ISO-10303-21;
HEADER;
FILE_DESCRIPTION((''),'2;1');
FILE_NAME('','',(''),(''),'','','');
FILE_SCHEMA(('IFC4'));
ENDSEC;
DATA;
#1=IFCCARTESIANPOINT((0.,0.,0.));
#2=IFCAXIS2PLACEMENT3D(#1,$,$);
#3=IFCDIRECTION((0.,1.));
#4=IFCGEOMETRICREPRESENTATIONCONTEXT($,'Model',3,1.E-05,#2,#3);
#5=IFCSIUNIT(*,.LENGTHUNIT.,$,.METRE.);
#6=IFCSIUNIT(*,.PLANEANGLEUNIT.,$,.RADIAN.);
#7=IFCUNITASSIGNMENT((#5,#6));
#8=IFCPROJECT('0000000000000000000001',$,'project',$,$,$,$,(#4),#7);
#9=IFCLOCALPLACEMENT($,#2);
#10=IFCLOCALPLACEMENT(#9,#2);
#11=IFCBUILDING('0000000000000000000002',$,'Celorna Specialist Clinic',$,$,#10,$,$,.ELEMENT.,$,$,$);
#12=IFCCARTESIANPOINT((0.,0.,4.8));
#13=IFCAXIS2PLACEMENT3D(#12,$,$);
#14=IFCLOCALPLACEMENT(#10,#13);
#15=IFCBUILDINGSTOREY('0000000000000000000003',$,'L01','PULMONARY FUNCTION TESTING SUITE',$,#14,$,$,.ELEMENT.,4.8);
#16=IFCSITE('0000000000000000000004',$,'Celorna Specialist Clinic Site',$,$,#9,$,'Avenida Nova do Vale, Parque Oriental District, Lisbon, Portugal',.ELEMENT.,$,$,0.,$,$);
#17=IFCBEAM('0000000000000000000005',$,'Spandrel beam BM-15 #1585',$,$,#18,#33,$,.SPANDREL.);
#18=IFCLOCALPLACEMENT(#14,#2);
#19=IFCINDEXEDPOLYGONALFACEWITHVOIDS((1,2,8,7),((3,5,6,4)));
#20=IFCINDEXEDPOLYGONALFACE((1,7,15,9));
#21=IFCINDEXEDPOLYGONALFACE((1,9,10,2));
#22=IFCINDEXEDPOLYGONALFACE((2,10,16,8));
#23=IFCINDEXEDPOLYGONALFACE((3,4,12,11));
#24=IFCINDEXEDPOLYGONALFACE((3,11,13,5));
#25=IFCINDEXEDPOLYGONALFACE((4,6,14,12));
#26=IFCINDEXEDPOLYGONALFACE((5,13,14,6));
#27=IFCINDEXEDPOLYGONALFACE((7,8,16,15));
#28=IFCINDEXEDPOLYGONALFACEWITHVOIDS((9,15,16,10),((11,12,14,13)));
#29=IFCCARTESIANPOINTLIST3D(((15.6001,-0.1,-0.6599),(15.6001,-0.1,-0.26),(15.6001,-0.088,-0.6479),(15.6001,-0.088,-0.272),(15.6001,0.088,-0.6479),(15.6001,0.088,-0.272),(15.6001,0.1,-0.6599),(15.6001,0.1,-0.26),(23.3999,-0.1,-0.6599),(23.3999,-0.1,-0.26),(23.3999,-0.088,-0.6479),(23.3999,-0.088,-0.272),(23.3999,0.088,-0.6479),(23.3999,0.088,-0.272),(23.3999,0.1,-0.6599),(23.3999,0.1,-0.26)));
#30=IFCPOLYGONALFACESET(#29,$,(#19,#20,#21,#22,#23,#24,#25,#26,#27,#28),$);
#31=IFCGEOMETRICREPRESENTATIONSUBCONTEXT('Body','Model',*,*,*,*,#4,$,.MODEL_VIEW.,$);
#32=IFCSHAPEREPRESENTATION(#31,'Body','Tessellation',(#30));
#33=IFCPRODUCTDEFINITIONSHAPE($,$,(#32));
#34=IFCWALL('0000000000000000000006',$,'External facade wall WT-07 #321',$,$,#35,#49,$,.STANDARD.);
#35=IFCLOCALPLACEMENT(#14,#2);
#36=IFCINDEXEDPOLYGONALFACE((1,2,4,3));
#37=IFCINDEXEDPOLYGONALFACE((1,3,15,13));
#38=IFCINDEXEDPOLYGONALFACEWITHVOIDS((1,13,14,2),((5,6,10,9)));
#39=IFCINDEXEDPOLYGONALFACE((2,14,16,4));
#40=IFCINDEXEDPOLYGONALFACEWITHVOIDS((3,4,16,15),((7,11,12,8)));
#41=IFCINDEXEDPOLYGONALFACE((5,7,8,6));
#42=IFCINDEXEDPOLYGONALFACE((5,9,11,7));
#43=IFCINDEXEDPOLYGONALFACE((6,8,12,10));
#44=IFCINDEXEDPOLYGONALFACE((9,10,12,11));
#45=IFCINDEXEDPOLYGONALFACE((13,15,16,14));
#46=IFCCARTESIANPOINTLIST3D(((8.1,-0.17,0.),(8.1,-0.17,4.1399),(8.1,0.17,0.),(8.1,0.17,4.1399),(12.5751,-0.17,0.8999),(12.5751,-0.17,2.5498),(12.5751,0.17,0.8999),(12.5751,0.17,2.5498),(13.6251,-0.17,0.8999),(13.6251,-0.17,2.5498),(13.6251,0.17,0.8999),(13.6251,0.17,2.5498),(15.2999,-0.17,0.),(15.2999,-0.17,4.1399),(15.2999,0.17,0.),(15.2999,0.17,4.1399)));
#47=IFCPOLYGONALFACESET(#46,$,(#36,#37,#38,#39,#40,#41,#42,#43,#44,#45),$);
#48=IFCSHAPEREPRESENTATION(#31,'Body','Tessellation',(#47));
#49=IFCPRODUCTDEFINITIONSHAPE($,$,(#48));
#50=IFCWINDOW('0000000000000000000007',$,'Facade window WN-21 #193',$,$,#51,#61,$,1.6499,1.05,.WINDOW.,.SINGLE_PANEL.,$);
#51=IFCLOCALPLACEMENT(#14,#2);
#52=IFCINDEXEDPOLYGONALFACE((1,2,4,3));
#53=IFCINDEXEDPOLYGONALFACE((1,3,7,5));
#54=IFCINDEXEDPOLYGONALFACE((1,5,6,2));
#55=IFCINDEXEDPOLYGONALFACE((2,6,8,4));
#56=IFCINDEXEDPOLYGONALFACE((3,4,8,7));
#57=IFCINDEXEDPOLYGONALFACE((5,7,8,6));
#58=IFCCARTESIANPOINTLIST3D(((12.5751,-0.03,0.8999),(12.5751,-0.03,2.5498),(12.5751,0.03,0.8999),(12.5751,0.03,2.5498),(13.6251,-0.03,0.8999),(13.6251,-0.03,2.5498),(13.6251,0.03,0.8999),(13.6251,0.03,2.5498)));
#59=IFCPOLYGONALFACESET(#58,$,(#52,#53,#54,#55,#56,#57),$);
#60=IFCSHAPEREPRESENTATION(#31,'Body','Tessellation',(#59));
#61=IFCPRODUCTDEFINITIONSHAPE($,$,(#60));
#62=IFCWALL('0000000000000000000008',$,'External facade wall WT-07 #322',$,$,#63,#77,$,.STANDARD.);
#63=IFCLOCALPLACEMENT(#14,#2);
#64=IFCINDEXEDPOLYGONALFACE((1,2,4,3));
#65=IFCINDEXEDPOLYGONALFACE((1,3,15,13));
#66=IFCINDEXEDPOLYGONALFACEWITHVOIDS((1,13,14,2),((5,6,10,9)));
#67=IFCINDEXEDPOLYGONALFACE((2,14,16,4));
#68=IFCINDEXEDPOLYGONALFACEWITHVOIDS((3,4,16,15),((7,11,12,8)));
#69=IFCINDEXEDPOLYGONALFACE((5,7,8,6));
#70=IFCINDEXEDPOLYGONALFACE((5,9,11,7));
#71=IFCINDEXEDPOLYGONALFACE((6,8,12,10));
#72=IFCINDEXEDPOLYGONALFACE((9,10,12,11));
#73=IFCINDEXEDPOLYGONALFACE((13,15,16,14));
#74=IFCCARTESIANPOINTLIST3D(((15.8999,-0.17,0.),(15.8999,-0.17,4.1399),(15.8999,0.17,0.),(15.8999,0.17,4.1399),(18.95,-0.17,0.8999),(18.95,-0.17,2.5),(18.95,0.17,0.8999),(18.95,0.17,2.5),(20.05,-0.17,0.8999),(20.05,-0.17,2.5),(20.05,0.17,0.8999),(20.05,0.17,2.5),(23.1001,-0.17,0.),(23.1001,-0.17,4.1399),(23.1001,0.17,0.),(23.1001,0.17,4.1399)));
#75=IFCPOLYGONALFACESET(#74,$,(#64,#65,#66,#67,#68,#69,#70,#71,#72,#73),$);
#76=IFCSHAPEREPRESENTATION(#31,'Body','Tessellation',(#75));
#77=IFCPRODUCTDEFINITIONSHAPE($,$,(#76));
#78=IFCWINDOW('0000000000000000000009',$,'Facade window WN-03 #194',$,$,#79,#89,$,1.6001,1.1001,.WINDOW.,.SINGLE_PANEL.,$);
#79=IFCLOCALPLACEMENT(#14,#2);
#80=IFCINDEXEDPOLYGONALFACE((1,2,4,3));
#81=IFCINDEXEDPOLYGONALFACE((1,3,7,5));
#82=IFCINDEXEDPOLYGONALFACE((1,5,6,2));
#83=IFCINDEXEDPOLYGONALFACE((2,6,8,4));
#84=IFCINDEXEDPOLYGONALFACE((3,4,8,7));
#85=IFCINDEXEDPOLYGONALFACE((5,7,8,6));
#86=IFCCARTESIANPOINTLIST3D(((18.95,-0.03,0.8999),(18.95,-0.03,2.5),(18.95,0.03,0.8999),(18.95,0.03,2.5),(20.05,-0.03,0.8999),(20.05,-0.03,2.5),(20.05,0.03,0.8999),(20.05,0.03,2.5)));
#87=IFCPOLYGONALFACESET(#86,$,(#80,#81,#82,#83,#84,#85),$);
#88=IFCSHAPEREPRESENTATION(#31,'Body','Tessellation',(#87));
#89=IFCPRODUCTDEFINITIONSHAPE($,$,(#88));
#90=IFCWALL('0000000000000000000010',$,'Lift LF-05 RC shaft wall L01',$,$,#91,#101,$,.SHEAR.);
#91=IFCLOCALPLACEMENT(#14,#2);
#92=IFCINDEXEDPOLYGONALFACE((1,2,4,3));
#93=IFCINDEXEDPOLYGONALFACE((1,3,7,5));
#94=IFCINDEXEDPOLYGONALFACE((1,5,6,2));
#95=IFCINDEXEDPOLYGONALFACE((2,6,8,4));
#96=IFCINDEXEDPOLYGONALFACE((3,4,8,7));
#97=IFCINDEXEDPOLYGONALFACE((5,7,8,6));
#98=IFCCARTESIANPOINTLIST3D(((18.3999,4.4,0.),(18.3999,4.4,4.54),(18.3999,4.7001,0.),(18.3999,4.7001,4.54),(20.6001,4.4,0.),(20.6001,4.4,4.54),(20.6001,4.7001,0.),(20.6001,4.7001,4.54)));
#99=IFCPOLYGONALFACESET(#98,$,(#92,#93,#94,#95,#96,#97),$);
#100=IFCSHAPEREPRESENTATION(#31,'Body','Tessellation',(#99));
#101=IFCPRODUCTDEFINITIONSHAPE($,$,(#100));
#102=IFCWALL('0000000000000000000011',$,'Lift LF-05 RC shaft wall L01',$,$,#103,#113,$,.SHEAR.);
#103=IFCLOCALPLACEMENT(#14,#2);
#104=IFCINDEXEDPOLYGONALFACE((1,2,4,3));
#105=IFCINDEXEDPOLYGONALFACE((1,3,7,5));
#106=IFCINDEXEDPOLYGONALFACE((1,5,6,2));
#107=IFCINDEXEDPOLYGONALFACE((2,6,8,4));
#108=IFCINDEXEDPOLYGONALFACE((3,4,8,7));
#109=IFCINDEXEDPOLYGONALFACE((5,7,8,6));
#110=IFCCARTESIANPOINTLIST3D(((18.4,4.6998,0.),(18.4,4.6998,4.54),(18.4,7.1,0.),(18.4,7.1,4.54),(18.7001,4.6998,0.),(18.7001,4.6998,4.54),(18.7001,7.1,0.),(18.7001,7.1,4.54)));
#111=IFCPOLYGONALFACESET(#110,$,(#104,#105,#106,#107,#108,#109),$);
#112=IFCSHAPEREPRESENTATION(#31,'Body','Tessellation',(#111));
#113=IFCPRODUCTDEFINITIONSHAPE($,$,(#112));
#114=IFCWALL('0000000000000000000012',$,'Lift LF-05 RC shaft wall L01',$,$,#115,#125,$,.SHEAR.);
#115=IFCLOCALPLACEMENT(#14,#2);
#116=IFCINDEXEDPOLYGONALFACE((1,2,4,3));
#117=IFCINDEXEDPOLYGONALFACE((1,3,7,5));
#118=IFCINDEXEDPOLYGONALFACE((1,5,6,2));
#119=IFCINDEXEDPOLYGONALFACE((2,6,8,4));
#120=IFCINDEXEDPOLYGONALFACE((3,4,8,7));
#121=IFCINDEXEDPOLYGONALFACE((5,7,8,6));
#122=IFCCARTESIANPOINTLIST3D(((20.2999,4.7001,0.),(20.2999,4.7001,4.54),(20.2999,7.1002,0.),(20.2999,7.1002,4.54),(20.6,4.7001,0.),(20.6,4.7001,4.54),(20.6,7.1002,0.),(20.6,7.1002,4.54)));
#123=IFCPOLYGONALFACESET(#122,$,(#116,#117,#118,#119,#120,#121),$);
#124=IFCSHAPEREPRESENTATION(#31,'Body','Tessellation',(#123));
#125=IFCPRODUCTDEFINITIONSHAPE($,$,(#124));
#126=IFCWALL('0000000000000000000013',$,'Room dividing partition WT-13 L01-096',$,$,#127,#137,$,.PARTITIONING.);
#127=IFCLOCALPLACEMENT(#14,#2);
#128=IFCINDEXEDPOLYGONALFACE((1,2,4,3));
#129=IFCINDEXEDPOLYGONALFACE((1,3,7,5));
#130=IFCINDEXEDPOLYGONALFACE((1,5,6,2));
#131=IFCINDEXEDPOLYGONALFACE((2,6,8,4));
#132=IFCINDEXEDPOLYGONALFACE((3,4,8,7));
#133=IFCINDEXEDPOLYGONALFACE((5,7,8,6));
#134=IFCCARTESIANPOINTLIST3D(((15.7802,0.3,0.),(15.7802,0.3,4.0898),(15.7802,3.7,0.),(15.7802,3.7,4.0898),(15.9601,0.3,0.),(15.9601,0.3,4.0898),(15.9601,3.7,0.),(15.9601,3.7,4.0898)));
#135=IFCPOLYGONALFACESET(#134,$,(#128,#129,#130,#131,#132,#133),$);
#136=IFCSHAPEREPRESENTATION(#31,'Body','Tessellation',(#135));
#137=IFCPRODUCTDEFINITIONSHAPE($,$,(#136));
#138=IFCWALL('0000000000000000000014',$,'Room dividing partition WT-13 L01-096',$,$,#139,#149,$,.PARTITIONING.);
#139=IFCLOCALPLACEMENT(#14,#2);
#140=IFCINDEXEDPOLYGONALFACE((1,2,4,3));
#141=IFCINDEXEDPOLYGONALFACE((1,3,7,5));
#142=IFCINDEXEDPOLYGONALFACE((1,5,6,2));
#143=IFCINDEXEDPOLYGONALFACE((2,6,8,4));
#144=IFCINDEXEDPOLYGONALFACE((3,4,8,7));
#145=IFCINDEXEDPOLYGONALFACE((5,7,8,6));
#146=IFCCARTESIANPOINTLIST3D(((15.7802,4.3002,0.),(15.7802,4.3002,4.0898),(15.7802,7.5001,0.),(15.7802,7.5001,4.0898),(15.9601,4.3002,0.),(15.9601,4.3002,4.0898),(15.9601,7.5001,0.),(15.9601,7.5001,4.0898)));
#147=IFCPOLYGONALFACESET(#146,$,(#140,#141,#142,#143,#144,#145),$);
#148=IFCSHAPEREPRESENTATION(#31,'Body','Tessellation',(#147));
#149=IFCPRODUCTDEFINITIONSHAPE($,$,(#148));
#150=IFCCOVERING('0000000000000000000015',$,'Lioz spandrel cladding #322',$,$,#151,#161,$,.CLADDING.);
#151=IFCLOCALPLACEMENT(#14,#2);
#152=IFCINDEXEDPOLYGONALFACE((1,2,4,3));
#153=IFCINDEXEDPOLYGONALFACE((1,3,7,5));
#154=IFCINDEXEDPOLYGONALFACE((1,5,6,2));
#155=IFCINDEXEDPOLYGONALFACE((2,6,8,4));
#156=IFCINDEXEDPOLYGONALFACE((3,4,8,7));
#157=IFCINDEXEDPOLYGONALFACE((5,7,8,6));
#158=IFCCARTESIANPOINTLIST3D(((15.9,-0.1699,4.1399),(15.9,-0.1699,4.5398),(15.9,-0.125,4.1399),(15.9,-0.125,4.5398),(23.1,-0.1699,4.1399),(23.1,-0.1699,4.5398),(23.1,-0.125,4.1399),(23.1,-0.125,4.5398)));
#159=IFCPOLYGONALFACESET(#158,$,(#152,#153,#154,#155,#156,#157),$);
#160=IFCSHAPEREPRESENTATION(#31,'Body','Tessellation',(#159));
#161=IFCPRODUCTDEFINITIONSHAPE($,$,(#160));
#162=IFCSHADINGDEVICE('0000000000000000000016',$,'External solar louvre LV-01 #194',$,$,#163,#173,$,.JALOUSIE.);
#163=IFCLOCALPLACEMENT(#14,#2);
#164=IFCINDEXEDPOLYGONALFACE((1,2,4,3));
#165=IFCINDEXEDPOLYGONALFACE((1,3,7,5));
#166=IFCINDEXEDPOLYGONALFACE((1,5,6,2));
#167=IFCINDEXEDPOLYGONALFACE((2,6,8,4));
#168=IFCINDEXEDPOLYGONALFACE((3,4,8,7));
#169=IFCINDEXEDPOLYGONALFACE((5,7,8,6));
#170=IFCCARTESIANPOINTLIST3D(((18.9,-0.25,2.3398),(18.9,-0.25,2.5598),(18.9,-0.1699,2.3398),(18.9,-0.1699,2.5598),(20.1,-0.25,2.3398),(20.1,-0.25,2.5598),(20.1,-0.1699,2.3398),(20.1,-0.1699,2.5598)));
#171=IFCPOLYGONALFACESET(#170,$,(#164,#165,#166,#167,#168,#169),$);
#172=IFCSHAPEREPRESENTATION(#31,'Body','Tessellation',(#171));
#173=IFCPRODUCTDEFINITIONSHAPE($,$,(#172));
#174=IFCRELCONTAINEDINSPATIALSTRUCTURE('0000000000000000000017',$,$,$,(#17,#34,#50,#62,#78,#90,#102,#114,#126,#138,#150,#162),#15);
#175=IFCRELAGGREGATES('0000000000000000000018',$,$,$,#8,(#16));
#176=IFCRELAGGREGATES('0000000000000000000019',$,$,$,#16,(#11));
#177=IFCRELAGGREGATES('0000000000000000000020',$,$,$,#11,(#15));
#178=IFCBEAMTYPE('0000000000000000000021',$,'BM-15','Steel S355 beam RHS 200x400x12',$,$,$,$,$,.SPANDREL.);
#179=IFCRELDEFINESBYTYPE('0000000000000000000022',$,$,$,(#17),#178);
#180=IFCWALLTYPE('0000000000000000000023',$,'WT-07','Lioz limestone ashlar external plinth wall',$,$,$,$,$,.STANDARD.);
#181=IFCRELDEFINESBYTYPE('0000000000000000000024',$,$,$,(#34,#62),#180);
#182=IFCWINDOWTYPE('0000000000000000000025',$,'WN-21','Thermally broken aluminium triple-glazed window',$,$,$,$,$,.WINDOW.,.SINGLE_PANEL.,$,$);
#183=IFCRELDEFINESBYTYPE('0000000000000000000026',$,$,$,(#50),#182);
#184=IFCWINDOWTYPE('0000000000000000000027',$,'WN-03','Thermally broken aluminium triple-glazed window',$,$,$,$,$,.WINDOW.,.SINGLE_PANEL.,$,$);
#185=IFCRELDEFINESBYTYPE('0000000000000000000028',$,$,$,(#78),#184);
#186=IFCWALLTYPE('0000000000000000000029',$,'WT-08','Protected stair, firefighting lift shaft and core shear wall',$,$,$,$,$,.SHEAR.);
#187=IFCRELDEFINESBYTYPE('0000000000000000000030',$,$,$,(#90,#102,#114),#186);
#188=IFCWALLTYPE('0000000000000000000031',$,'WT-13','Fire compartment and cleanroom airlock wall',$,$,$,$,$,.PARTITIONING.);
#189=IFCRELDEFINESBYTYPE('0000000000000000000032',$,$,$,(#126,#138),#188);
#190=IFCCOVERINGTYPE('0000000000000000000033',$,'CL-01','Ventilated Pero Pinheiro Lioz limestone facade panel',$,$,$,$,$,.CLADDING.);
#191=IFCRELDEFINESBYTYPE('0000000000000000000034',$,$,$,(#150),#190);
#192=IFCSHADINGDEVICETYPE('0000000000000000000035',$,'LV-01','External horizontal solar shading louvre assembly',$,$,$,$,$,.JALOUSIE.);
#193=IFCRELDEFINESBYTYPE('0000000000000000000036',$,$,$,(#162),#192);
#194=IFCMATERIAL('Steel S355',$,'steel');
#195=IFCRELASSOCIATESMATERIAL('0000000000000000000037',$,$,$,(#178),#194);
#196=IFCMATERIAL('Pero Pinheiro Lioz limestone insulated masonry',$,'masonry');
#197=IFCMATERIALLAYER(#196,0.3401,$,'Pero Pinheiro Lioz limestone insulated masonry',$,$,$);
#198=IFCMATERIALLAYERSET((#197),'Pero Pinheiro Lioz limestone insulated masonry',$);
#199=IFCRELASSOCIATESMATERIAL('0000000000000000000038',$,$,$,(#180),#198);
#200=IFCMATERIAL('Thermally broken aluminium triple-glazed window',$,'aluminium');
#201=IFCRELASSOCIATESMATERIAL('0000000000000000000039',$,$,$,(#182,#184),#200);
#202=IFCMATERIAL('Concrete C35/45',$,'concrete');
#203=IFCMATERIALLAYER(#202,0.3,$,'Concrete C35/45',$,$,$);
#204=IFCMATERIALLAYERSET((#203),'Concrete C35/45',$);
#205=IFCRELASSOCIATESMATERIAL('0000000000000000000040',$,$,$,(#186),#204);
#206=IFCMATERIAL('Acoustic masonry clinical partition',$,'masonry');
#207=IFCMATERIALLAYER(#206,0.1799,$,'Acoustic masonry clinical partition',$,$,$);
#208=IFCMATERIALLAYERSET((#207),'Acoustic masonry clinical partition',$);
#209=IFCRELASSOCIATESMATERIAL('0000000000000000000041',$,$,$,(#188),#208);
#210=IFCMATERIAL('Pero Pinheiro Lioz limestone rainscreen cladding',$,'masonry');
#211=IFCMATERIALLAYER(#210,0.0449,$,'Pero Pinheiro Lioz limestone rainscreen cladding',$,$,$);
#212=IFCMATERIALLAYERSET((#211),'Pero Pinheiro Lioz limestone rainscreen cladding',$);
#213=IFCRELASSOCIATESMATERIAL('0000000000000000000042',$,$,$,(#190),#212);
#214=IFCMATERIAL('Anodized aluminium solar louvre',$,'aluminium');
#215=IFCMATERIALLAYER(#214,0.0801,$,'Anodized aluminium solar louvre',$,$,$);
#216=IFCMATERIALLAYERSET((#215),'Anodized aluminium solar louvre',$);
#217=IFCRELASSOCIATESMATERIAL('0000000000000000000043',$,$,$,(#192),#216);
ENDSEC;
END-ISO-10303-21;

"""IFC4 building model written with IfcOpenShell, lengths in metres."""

from ifc_helpers import new_model, si_unit, direction, frame, frame_2d, origin, origin_2d, place, context, subcontext, project, spatial, rectangle, hollow_rectangle, extrude, material, layer, layer_set, material_profile, profile_set, type_object, element, fill, save


model = new_model("IFC4")

# Units and contexts
model_context = context("Model", 3, precision=1e-05, world=origin(), true_north=direction((0.0, 1.0)))
body_context = subcontext(model_context, "Body", "Model", "MODEL_VIEW")
ifc_project = project(units=[si_unit("LENGTHUNIT", "METRE"), si_unit("PLANEANGLEUNIT", "RADIAN")], contexts=[model_context])

# Site, building, storey
site_placement = place(None, origin())
site = spatial("IfcSite", under=ifc_project, at=site_placement, Name="Celorna Specialist Clinic Site", LongName="Avenida Nova do Vale, Parque Oriental District, Lisbon, Portugal", CompositionType="ELEMENT", RefElevation=0.0)
building_placement = place(site_placement, origin())
building = spatial("IfcBuilding", under=site, at=building_placement, Name="Celorna Specialist Clinic", CompositionType="ELEMENT")
storey_placement = place(building_placement, frame((0.0, 0.0, 4.8)))
storey = spatial("IfcBuildingStorey", under=building, at=storey_placement, Name="L01", Description="PULMONARY FUNCTION TESTING SUITE", CompositionType="ELEMENT", Elevation=4.8)

# Beam
ifc_material_1 = material(Name="Steel S355", Category="steel")
ifc_material_profile_1 = material_profile(ifc_material_1, hollow_rectangle(XDim=0.2, YDim=0.3999, WallThickness=0.012, at=origin_2d()), Name="RHS 200x400x12")
ifc_profile_set_1 = profile_set([ifc_material_profile_1], Name="Steel S355")
beam_type_1 = type_object("IfcBeamType", Name="BM-15", Description="Steel S355 beam RHS 200x400x12", PredefinedType="SPANDREL", material=ifc_profile_set_1)
beam_1_placement = place(storey_placement, frame((15.6001, 0.0, -0.46), z_axis=(1.0, 0.0, 0.0), x_axis=(0.0, 1.0, 0.0)))
element("IfcBeam", 1, at=beam_1_placement, inside=storey, type_object=beam_type_1, Name="Spandrel beam BM-15 #1585", PredefinedType="SPANDREL", context=body_context, shape_type="SweptSolid", body=[
    extrude(hollow_rectangle(XDim=0.2, YDim=0.3999, WallThickness=0.012, at=origin_2d()), origin(), (0.0, 0.0, 1.0), 7.7998),
])

# Walls, openings, windows
ifc_material_2 = material(Name="Pero Pinheiro Lioz limestone insulated masonry", Category="masonry")
ifc_layer_1 = layer(ifc_material_2, 0.3401, Name="Pero Pinheiro Lioz limestone insulated masonry")
ifc_layer_set_1 = layer_set([ifc_layer_1], Name="Pero Pinheiro Lioz limestone insulated masonry")
wall_type_1 = type_object("IfcWallType", Name="WT-07", Description="Lioz limestone ashlar external plinth wall", PredefinedType="STANDARD", material=ifc_layer_set_1)
wall_1_placement = place(storey_placement, frame((15.3, 0.0, 0.0), z_axis=(0.0, 0.0, 1.0), x_axis=(-1.0, 0.0, 0.0)))
wall_1 = element("IfcWall", 2, at=wall_1_placement, inside=storey, type_object=wall_type_1, Name="External facade wall WT-07 #321", PredefinedType="STANDARD", context=body_context, shape_type="SweptSolid", body=[
    extrude(rectangle(XDim=7.2, YDim=0.3401, at=frame_2d((3.6001, 0.0))), origin(), (0.0, 0.0, 1.0), 4.1399),
])
opening_1_placement = place(wall_1_placement, frame((1.675, 0.0, 0.8999)))
opening_1 = element("IfcOpeningElement", 3, at=opening_1_placement, cuts=wall_1, PredefinedType="OPENING", context=body_context, shape_type="SweptSolid", body=[
    extrude(rectangle(XDim=1.05, YDim=1.6499, at=frame_2d((0.5249, 0.825))), frame((0.0, 0.1799, 0.0), z_axis=(0.0, -1.0, 0.0), x_axis=(1.0, 0.0, 0.0)), (0.0, 0.0, 1.0), 0.3601),
])
ifc_material_3 = material(Name="Thermally broken aluminium triple-glazed window", Category="aluminium")
window_type_1 = type_object("IfcWindowType", Name="WN-21", Description="Thermally broken aluminium triple-glazed window", PartitioningType="SINGLE_PANEL", PredefinedType="WINDOW", material=ifc_material_3)
window_1_placement = place(opening_1_placement, origin())
window_1 = element("IfcWindow", 4, at=window_1_placement, inside=storey, type_object=window_type_1, Name="Facade window WN-21 #193", OverallHeight=1.6499, OverallWidth=1.05, PartitioningType="SINGLE_PANEL", PredefinedType="WINDOW", context=body_context, shape_type="SweptSolid", body=[
    extrude(rectangle(XDim=1.05, YDim=1.6499, at=frame_2d((0.5249, 0.825))), frame((0.0, 0.03, 0.0), z_axis=(0.0, -1.0, 0.0), x_axis=(1.0, 0.0, 0.0)), (0.0, 0.0, 1.0), 0.0601),
])
fill(opening_1, window_1)
wall_2_placement = place(storey_placement, frame((23.1001, 0.0, 0.0), z_axis=(0.0, 0.0, 1.0), x_axis=(-1.0, 0.0, 0.0)))
wall_2 = element("IfcWall", 5, at=wall_2_placement, inside=storey, type_object=wall_type_1, Name="External facade wall WT-07 #322", PredefinedType="STANDARD", context=body_context, shape_type="SweptSolid", body=[
    extrude(rectangle(XDim=7.2002, YDim=0.3401, at=frame_2d((3.6001, 0.0))), origin(), (0.0, 0.0, 1.0), 4.1399),
])
opening_2_placement = place(wall_2_placement, frame((3.05, 0.0, 0.8999)))
opening_2 = element("IfcOpeningElement", 6, at=opening_2_placement, cuts=wall_2, PredefinedType="OPENING", context=body_context, shape_type="SweptSolid", body=[
    extrude(rectangle(XDim=1.1001, YDim=1.6001, at=frame_2d((0.55, 0.8))), frame((0.0, 0.1799, 0.0), z_axis=(0.0, -1.0, 0.0), x_axis=(1.0, 0.0, 0.0)), (0.0, 0.0, 1.0), 0.3601),
])
window_type_2 = type_object("IfcWindowType", Name="WN-03", Description="Thermally broken aluminium triple-glazed window", PartitioningType="SINGLE_PANEL", PredefinedType="WINDOW", material=ifc_material_3)
window_2_placement = place(opening_2_placement, origin())
window_2 = element("IfcWindow", 7, at=window_2_placement, inside=storey, type_object=window_type_2, Name="Facade window WN-03 #194", OverallHeight=1.6001, OverallWidth=1.1001, PartitioningType="SINGLE_PANEL", PredefinedType="WINDOW", context=body_context, shape_type="SweptSolid", body=[
    extrude(rectangle(XDim=1.1001, YDim=1.6001, at=frame_2d((0.55, 0.8))), frame((0.0, 0.03, 0.0), z_axis=(0.0, -1.0, 0.0), x_axis=(1.0, 0.0, 0.0)), (0.0, 0.0, 1.0), 0.0601),
])
fill(opening_2, window_2)

# Walls
ifc_material_4 = material(Name="Concrete C35/45", Category="concrete")
ifc_layer_2 = layer(ifc_material_4, 0.3, Name="Concrete C35/45")
ifc_layer_set_2 = layer_set([ifc_layer_2], Name="Concrete C35/45")
wall_type_2 = type_object("IfcWallType", Name="WT-08", Description="Protected stair, firefighting lift shaft and core shear wall", PredefinedType="SHEAR", material=ifc_layer_set_2)
wall_3_placement = place(storey_placement, frame((18.3999, 4.55, 0.0), z_axis=(0.0, 0.0, 1.0), x_axis=(1.0, 0.0, 0.0)))
element("IfcWall", 8, at=wall_3_placement, inside=storey, type_object=wall_type_2, Name="Lift LF-05 RC shaft wall L01", PredefinedType="SHEAR", context=body_context, shape_type="SweptSolid", body=[
    extrude(rectangle(XDim=2.2002, YDim=0.3, at=frame_2d((1.1001, 0.0))), origin(), (0.0, 0.0, 1.0), 4.54),
])
for number, where, z_axis, x_axis, name in (
    (9, (18.55, 7.1001, 0.0), (0.0, 0.0, 1.0), (0.0, -1.0, 0.0), "Lift LF-05 RC shaft wall L01"),
    (10, (20.45, 4.7, 0.0), (0.0, 0.0, 1.0), (0.0, 1.0, 0.0), "Lift LF-05 RC shaft wall L01"),
):
    element("IfcWall", number, at=place(storey_placement, frame(where, z_axis=z_axis, x_axis=x_axis)), inside=storey, type_object=wall_type_2, Name=name, PredefinedType="SHEAR", context=body_context, shape_type="SweptSolid", body=[
        extrude(rectangle(XDim=2.4001, YDim=0.3, at=frame_2d((1.2002, 0.0))), origin(), (0.0, 0.0, 1.0), 4.54),
    ])
ifc_material_5 = material(Name="Acoustic masonry clinical partition", Category="masonry")
ifc_layer_3 = layer(ifc_material_5, 0.1799, Name="Acoustic masonry clinical partition")
ifc_layer_set_3 = layer_set([ifc_layer_3], Name="Acoustic masonry clinical partition")
wall_type_3 = type_object("IfcWallType", Name="WT-13", Description="Fire compartment and cleanroom airlock wall", PredefinedType="PARTITIONING", material=ifc_layer_set_3)
wall_4_placement = place(storey_placement, frame((15.8701, 0.3, 0.0), z_axis=(0.0, 0.0, 1.0), x_axis=(0.0, 1.0, 0.0)))
element("IfcWall", 11, at=wall_4_placement, inside=storey, type_object=wall_type_3, Name="Room dividing partition WT-13 L01-096", PredefinedType="PARTITIONING", context=body_context, shape_type="SweptSolid", body=[
    extrude(rectangle(XDim=3.3999, YDim=0.1799, at=frame_2d((1.7, 0.0))), origin(), (0.0, 0.0, 1.0), 4.0898),
])
wall_5_placement = place(storey_placement, frame((15.8701, 4.3, 0.0), z_axis=(0.0, 0.0, 1.0), x_axis=(0.0, 1.0, 0.0)))
element("IfcWall", 12, at=wall_5_placement, inside=storey, type_object=wall_type_3, Name="Room dividing partition WT-13 L01-096", PredefinedType="PARTITIONING", context=body_context, shape_type="SweptSolid", body=[
    extrude(rectangle(XDim=3.2, YDim=0.1799, at=frame_2d((1.6001, 0.0))), origin(), (0.0, 0.0, 1.0), 4.0898),
])

# Covering
ifc_material_6 = material(Name="Pero Pinheiro Lioz limestone rainscreen cladding", Category="masonry")
ifc_layer_4 = layer(ifc_material_6, 0.0449, Name="Pero Pinheiro Lioz limestone rainscreen cladding")
ifc_layer_set_4 = layer_set([ifc_layer_4], Name="Pero Pinheiro Lioz limestone rainscreen cladding")
covering_type = type_object("IfcCoveringType", Name="CL-01", Description="Ventilated Pero Pinheiro Lioz limestone facade panel", PredefinedType="CLADDING", material=ifc_layer_set_4)
covering_placement = place(storey_placement, frame((19.5, -0.1475, 4.1399), z_axis=(0.0, 0.0, 1.0), x_axis=(-1.0, 0.0, 0.0)))
element("IfcCovering", 13, at=covering_placement, inside=storey, type_object=covering_type, Name="Lioz spandrel cladding #322", PredefinedType="CLADDING", context=body_context, shape_type="SweptSolid", body=[
    extrude(rectangle(XDim=7.2, YDim=0.0449, at=origin_2d()), origin(), (0.0, 0.0, 1.0), 0.3999),
])

# Shading device
ifc_material_7 = material(Name="Anodized aluminium solar louvre", Category="aluminium")
ifc_layer_5 = layer(ifc_material_7, 0.0801, Name="Anodized aluminium solar louvre")
ifc_layer_set_5 = layer_set([ifc_layer_5], Name="Anodized aluminium solar louvre")
shading_device_type = type_object("IfcShadingDeviceType", Name="LV-01", Description="External horizontal solar shading louvre assembly", PredefinedType="JALOUSIE", material=ifc_layer_set_5)
shading_device_placement = place(storey_placement, frame((19.5, -0.21, 2.3398), z_axis=(0.0, 0.0, 1.0), x_axis=(-1.0, 0.0, 0.0)))
element("IfcShadingDevice", 14, at=shading_device_placement, inside=storey, type_object=shading_device_type, Name="External solar louvre LV-01 #194", PredefinedType="JALOUSIE", context=body_context, shape_type="SweptSolid", body=[
    extrude(rectangle(XDim=1.2, YDim=0.0801, at=origin_2d()), origin(), (0.0, 0.0, 1.0), 0.22),
])

save(model, "model.ifc")
